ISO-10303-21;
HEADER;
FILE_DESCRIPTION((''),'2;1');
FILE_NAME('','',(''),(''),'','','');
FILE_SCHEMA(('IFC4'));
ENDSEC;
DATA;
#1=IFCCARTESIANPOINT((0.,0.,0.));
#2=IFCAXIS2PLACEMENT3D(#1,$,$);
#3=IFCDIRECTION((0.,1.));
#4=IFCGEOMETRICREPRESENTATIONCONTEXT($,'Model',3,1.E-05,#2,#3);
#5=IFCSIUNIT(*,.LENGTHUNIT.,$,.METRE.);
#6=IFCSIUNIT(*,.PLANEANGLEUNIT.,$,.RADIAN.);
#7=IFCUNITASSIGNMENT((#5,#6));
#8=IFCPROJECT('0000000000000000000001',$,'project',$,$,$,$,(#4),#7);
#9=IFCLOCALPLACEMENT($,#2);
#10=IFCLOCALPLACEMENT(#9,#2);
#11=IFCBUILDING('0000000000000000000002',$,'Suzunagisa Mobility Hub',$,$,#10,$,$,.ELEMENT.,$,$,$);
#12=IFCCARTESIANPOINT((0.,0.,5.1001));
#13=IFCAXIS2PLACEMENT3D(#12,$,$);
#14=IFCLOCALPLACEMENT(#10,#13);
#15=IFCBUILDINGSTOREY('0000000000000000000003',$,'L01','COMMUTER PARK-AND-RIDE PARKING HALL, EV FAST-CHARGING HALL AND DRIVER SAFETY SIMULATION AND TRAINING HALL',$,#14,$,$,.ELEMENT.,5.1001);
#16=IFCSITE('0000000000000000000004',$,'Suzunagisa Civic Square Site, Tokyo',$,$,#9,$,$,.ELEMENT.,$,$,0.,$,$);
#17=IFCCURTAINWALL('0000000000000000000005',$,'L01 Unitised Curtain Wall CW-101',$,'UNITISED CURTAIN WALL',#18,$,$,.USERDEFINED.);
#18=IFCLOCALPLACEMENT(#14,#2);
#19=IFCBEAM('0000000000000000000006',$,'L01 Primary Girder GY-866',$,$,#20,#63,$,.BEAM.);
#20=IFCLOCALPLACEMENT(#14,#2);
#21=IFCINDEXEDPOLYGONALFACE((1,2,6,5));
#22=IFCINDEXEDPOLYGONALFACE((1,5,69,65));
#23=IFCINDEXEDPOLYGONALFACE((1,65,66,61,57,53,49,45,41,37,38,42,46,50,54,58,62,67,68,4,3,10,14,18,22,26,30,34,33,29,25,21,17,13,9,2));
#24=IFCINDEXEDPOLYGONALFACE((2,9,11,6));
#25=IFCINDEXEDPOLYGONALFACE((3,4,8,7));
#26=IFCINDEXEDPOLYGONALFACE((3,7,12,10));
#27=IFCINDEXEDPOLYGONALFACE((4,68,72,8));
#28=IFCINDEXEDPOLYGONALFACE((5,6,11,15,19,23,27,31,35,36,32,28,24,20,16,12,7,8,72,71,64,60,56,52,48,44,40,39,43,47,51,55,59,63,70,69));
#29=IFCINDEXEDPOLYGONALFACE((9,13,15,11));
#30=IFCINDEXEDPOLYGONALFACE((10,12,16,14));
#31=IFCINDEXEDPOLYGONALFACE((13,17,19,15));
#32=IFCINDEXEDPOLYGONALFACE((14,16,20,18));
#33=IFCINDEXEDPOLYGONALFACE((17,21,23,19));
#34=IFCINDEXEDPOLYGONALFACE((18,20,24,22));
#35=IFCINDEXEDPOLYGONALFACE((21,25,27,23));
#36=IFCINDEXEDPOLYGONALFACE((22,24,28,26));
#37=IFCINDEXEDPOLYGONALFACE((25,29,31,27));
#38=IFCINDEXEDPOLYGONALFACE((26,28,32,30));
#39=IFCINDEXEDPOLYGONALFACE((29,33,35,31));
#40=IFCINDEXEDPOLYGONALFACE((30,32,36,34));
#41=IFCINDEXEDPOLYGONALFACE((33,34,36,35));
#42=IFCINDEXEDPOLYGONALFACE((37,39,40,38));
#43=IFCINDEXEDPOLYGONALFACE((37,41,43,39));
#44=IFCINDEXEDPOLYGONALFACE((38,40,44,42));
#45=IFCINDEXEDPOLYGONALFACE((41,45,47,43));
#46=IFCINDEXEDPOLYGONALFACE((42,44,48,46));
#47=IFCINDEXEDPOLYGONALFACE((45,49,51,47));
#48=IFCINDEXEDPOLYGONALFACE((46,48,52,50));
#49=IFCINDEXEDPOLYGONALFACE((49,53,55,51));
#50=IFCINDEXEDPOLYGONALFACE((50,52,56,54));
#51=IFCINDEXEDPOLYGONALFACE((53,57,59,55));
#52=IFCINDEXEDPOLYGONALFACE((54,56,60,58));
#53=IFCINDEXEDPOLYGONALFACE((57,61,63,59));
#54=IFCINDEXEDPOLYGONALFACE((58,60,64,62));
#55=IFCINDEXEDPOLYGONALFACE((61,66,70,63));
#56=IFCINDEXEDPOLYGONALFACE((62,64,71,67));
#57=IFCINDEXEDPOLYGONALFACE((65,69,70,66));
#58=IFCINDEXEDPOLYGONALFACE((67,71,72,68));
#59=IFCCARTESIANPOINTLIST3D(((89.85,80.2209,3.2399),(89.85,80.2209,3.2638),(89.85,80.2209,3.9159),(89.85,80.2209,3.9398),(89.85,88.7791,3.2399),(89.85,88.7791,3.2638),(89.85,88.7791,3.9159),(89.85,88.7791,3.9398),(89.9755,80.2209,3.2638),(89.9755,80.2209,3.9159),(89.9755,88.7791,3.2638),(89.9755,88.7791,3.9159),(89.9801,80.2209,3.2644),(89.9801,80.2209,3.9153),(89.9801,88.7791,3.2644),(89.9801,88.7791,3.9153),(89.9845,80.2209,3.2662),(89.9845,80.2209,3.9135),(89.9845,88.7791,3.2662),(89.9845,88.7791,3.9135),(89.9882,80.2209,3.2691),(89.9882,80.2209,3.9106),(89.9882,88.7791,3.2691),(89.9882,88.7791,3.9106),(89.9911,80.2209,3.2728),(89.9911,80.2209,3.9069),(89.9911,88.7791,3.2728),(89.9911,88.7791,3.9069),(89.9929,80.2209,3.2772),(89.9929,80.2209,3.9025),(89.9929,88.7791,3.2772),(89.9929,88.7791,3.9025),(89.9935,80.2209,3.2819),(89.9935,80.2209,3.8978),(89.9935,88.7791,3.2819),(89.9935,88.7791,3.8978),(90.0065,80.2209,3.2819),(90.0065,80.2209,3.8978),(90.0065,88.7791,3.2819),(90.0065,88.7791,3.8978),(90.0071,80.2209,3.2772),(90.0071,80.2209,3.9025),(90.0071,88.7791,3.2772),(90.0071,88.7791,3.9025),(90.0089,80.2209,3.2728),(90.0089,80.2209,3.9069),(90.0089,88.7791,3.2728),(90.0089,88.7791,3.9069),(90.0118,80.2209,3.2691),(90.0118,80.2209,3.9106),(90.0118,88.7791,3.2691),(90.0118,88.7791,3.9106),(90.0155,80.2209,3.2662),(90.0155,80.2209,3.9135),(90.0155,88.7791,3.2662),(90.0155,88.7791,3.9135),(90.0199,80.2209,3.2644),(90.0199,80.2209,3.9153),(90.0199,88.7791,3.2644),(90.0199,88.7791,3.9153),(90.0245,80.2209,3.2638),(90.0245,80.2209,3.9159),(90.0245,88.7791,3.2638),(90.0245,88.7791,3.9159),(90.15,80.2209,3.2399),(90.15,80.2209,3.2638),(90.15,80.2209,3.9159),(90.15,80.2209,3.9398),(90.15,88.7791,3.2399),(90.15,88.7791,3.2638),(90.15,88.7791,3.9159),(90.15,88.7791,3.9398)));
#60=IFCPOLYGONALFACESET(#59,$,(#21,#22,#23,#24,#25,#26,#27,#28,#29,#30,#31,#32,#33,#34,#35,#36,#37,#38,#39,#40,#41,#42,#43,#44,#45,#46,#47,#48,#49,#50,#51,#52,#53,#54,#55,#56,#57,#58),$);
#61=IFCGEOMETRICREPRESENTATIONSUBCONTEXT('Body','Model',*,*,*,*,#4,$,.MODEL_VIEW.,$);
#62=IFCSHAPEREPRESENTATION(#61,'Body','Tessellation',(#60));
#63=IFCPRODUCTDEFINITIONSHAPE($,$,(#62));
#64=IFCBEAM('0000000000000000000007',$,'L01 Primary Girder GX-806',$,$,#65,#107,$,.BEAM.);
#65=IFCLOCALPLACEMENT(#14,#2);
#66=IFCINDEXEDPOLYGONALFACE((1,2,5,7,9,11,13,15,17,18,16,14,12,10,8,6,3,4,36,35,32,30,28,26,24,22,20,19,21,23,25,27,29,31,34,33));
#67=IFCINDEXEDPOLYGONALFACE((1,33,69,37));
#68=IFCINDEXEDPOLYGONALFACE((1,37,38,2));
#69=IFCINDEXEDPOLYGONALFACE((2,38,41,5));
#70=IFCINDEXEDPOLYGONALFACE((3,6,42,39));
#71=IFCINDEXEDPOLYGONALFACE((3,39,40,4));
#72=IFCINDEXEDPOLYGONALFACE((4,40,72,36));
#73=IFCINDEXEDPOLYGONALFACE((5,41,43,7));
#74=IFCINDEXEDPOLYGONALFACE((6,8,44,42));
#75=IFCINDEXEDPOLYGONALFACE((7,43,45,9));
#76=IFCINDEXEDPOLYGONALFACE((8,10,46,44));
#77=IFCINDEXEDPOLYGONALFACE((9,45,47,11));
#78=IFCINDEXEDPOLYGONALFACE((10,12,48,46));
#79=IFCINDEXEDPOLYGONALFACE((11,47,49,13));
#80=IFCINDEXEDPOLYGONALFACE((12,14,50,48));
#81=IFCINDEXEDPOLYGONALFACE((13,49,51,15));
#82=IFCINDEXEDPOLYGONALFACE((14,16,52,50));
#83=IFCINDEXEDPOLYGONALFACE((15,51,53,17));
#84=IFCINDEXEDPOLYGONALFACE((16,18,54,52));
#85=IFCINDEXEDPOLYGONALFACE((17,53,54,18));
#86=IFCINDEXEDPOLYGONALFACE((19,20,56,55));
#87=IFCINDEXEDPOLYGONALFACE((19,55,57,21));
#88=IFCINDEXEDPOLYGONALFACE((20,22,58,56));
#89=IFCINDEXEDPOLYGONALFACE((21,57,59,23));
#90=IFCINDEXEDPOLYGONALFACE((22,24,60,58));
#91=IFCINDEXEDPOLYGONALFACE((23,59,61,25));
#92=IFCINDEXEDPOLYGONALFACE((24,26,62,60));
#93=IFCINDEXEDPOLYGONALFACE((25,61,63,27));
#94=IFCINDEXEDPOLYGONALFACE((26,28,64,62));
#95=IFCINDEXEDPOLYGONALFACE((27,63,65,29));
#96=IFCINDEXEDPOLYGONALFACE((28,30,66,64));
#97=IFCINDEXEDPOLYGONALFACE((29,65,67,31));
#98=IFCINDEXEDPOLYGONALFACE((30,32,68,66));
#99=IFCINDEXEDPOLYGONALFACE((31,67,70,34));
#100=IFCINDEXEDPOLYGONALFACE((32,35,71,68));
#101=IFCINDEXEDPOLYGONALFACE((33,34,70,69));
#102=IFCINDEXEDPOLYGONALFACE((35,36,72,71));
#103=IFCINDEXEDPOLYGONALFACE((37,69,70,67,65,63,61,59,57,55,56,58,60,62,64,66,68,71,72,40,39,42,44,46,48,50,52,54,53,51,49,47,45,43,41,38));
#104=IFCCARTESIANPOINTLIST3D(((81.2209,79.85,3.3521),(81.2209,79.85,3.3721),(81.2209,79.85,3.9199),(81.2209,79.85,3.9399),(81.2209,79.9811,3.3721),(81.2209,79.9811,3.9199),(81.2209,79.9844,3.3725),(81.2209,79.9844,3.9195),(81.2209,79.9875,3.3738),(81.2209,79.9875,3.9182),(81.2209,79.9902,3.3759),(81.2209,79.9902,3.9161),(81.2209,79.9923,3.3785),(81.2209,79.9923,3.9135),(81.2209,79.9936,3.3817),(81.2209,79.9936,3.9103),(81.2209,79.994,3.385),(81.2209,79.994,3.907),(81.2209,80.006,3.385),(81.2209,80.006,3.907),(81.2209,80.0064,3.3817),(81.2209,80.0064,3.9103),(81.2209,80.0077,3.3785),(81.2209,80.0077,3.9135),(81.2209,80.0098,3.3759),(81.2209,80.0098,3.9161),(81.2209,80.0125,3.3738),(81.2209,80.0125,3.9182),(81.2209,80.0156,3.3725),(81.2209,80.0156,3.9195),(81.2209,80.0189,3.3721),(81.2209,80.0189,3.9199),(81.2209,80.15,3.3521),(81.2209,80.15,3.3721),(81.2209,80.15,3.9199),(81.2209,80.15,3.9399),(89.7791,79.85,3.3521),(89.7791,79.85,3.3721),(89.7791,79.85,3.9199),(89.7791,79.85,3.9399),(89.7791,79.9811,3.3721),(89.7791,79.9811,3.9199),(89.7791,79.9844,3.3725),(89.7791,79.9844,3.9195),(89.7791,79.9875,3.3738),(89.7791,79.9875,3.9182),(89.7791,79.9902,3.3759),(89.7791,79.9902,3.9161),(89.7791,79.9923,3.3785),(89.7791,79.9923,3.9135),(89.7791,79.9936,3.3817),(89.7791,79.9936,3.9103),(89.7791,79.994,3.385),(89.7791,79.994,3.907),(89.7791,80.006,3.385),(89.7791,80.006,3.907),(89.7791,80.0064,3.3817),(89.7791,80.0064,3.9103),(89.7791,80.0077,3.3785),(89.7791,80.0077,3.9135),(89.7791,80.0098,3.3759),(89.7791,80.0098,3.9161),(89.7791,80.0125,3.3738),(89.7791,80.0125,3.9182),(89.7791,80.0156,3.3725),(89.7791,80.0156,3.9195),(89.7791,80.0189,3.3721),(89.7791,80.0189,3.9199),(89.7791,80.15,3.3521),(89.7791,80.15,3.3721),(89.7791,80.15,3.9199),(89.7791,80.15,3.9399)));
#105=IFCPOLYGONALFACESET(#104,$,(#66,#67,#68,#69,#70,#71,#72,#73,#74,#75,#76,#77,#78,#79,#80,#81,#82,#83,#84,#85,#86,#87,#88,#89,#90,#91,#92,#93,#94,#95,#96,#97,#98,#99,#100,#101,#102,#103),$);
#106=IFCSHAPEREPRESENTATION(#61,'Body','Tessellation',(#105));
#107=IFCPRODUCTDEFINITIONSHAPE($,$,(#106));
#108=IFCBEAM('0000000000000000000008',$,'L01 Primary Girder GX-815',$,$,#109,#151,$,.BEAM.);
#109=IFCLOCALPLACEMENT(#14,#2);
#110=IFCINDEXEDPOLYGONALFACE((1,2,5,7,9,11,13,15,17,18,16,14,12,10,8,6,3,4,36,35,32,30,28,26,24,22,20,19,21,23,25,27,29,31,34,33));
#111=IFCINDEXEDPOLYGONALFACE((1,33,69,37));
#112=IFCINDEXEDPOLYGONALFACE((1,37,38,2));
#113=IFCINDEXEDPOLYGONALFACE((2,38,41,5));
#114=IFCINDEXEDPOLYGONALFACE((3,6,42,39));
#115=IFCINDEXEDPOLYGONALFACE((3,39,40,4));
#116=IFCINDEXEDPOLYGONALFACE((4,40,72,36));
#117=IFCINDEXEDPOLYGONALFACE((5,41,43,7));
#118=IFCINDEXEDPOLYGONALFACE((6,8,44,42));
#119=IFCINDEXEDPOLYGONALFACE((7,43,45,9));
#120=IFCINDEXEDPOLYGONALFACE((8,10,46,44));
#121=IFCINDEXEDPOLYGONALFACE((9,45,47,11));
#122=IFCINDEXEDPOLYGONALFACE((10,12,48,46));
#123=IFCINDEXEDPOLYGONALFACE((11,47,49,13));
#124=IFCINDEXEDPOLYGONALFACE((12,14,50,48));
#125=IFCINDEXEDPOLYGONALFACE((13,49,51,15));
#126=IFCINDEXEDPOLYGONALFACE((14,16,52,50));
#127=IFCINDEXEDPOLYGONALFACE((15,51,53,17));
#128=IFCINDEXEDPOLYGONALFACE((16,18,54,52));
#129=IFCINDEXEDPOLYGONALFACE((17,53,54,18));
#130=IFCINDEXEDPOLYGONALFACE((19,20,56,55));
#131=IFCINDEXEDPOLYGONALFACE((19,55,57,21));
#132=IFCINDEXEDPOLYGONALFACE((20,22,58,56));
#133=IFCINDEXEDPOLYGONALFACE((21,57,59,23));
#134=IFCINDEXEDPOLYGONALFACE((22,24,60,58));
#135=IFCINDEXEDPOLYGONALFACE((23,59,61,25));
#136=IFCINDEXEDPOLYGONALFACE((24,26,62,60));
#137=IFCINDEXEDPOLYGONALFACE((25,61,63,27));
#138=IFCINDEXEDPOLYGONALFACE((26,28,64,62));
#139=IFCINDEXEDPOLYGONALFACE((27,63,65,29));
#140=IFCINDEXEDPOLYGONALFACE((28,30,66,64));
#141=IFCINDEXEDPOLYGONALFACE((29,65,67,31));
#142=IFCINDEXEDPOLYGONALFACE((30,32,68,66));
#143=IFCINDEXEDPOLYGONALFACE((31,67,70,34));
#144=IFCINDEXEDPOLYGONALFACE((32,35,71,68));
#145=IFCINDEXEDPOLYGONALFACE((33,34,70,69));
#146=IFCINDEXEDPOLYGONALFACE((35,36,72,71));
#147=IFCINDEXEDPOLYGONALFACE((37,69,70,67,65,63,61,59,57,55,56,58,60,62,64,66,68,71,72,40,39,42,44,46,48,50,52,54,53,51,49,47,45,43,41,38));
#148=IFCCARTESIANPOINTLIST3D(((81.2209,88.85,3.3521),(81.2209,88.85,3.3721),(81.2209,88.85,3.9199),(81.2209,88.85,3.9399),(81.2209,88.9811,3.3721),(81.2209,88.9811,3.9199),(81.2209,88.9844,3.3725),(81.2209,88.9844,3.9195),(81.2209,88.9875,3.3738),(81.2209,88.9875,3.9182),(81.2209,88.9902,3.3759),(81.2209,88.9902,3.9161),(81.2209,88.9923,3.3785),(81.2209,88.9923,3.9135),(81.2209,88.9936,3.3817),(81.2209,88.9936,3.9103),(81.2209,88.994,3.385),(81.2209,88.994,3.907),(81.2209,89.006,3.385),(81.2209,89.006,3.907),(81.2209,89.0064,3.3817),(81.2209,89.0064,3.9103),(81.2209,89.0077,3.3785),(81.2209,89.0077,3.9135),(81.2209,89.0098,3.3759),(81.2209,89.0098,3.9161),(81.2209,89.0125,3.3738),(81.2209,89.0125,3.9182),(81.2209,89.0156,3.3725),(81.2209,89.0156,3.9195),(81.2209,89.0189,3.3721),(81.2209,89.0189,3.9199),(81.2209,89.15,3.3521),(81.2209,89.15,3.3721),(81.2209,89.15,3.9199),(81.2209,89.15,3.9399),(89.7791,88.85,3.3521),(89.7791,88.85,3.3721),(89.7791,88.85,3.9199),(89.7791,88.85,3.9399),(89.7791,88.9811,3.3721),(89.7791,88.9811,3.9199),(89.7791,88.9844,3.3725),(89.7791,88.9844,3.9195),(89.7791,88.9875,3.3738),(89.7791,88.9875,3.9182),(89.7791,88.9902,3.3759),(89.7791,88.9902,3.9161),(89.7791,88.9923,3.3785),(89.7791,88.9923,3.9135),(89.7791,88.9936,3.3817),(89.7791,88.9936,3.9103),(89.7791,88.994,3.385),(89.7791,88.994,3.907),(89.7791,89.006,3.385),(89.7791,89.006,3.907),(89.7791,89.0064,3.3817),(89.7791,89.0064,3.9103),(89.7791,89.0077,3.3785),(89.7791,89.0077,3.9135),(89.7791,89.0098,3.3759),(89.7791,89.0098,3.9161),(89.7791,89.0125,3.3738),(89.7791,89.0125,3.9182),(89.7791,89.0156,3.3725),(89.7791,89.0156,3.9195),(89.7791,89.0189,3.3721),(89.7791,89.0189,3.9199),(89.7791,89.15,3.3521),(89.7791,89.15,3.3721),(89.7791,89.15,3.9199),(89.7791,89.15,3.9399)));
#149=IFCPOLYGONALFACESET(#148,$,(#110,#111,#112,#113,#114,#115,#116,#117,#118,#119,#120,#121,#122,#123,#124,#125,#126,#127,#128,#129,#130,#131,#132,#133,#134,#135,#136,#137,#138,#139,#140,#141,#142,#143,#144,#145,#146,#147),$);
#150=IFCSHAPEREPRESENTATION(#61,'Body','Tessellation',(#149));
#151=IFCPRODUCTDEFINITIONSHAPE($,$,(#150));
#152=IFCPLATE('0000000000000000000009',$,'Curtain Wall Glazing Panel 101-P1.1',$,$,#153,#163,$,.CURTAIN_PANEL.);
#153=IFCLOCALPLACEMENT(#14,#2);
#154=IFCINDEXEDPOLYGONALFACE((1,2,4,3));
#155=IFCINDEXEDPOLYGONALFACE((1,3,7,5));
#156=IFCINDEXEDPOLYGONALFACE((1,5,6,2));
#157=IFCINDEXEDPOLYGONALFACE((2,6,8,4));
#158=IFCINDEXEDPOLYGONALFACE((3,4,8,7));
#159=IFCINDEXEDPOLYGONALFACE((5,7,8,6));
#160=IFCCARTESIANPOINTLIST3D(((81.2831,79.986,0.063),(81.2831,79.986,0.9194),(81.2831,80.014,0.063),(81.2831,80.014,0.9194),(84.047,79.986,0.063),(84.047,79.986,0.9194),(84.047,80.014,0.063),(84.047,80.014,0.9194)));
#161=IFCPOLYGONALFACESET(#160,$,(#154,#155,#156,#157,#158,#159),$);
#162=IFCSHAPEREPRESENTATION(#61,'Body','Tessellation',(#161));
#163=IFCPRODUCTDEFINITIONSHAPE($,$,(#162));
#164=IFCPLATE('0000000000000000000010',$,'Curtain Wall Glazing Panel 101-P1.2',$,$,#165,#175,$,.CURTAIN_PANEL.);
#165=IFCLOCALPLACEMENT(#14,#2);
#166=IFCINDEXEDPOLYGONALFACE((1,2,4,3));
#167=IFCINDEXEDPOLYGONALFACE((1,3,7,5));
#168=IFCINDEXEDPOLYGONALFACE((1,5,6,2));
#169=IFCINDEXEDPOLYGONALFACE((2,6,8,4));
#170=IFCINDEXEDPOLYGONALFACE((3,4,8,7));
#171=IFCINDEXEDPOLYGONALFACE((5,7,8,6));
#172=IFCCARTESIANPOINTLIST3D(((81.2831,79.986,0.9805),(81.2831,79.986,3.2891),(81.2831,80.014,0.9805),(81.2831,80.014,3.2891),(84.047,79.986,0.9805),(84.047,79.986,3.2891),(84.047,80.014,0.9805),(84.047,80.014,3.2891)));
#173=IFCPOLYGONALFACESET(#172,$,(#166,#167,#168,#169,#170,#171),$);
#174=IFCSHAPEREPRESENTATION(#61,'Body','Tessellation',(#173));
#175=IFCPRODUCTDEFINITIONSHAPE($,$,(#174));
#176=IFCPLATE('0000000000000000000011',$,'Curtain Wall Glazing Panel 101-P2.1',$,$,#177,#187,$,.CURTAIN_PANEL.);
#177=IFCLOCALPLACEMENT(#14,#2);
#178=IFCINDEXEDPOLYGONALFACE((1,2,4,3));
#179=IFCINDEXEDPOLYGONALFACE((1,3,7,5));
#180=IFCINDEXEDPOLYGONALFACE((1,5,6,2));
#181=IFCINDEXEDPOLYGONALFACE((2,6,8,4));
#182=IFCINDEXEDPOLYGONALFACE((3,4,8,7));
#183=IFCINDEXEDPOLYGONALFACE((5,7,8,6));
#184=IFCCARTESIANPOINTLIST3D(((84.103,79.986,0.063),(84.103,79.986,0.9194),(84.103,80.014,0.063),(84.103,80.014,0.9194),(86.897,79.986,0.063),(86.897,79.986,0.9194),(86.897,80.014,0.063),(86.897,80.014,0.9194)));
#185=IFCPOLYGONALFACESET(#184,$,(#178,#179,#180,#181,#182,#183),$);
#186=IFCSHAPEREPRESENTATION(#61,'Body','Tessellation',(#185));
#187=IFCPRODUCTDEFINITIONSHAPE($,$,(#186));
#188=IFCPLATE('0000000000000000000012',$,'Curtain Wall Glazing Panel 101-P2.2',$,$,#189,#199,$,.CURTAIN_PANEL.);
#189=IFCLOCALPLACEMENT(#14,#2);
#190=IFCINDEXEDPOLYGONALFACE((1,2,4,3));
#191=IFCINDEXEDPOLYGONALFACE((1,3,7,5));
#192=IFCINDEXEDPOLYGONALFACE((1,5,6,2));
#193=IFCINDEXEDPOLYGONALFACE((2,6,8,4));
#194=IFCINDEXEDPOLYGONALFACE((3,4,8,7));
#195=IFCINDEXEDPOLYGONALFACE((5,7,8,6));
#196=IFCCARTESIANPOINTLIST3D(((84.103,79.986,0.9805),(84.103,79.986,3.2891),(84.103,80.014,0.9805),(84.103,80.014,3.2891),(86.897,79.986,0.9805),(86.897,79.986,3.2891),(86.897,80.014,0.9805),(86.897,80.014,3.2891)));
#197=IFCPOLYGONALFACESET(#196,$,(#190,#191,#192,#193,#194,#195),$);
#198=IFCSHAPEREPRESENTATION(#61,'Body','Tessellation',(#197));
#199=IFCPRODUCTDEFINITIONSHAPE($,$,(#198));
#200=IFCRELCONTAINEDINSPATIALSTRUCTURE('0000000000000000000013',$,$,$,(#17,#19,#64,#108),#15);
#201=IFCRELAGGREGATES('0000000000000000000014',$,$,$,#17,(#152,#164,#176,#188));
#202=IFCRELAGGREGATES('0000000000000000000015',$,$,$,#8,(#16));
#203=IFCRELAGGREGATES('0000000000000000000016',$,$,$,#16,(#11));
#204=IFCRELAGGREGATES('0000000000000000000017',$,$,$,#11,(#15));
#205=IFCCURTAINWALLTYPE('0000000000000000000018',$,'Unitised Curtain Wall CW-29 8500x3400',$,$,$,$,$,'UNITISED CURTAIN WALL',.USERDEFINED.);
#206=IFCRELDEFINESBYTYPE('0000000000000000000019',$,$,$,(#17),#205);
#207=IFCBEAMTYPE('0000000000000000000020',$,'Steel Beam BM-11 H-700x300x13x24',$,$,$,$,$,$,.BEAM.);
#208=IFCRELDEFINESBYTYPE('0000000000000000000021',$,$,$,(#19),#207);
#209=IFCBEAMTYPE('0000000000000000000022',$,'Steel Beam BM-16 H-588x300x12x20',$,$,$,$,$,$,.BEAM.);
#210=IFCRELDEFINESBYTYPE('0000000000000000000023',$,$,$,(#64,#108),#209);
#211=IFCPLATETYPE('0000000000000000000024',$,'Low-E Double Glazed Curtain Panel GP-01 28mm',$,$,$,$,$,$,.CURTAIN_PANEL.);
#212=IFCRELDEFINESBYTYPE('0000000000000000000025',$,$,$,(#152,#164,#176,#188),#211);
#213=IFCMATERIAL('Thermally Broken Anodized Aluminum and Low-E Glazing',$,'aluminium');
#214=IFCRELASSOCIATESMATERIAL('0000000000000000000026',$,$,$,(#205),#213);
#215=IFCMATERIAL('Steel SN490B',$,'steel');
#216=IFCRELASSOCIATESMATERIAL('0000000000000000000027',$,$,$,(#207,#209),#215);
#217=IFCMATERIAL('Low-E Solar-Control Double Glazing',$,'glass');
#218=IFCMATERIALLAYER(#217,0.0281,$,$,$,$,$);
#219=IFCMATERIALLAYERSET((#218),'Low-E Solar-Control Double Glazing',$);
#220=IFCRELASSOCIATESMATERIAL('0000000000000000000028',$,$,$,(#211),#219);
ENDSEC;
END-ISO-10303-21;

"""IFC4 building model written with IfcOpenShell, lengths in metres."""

from ifc_helpers import new_model, si_unit, direction, frame, origin, origin_2d, place, context, subcontext, project, spatial, rectangle, i_section, extrude, material, layer, layer_set, material_profile, profile_set, type_object, element, aggregate, save


model = new_model("IFC4")

# Units and contexts
model_context = context("Model", 3, precision=1e-05, world=origin(), true_north=direction((0.0, 1.0)))
body_context = subcontext(model_context, "Body", "Model", "MODEL_VIEW")
ifc_project = project(units=[si_unit("LENGTHUNIT", "METRE"), si_unit("PLANEANGLEUNIT", "RADIAN")], contexts=[model_context])

# Site, building, storey
site_placement = place(None, origin())
site = spatial("IfcSite", under=ifc_project, at=site_placement, Name="Suzunagisa Civic Square Site, Tokyo", CompositionType="ELEMENT", RefElevation=0.0)
building_placement = place(site_placement, origin())
building = spatial("IfcBuilding", under=site, at=building_placement, Name="Suzunagisa Mobility Hub", CompositionType="ELEMENT")
storey_placement = place(building_placement, frame((0.0, 0.0, 5.1001)))
storey = spatial("IfcBuildingStorey", under=building, at=storey_placement, Name="L01", Description="COMMUTER PARK-AND-RIDE PARKING HALL, EV FAST-CHARGING HALL AND DRIVER SAFETY SIMULATION AND TRAINING HALL", CompositionType="ELEMENT", Elevation=5.1001)

# Shared definitions
ifc_material_1 = material(Name="Steel SN490B", Category="steel")

# Curtain wall
ifc_material_2 = material(Name="Thermally Broken Anodized Aluminum and Low-E Glazing", Category="aluminium")
curtain_wall_type = type_object("IfcCurtainWallType", Name="Unitised Curtain Wall CW-29 8500x3400", ElementType="UNITISED CURTAIN WALL", PredefinedType="USERDEFINED", material=ifc_material_2)
curtain_wall_placement = place(storey_placement, origin())
curtain_wall = element("IfcCurtainWall", 1, at=curtain_wall_placement, inside=storey, type_object=curtain_wall_type, Name="L01 Unitised Curtain Wall CW-101", ObjectType="UNITISED CURTAIN WALL", PredefinedType="USERDEFINED")

# Beams
ifc_material_profile_1 = material_profile(ifc_material_1, i_section(OverallWidth=0.3, OverallDepth=0.7, WebThickness=0.0129, FlangeThickness=0.0239, FilletRadius=0.0181, at=origin_2d()), Name="H-700x300x13x24")
ifc_profile_set_1 = profile_set([ifc_material_profile_1], Name="Steel SN490B")
beam_type_1 = type_object("IfcBeamType", Name="Steel Beam BM-11 H-700x300x13x24", PredefinedType="BEAM", material=ifc_profile_set_1)
for number, where, z_axis, x_axis, name in (
    (2, (90.0, 80.2209, 3.5898), (0.0, 1.0, 0.0), (-1.0, 0.0, 0.0), "L01 Primary Girder GY-866"),
):
    element("IfcBeam", number, at=place(storey_placement, frame(where, z_axis=z_axis, x_axis=x_axis)), inside=storey, type_object=beam_type_1, Name=name, PredefinedType="BEAM", context=body_context, shape_type="SweptSolid", body=[
        extrude(i_section(OverallWidth=0.3, OverallDepth=0.7, WebThickness=0.0129, FlangeThickness=0.0239, FilletRadius=0.0181, at=origin_2d()), origin(), (0.0, 0.0, 1.0), 8.5581),
    ])
ifc_material_profile_2 = material_profile(ifc_material_1, i_section(OverallWidth=0.3, OverallDepth=0.5879, WebThickness=0.012, FlangeThickness=0.02, FilletRadius=0.0129, at=origin_2d()), Name="H-588x300x12x20")
ifc_profile_set_2 = profile_set([ifc_material_profile_2], Name="Steel SN490B")
beam_type_2 = type_object("IfcBeamType", Name="Steel Beam BM-16 H-588x300x12x20", PredefinedType="BEAM", material=ifc_profile_set_2)
for number, where, z_axis, x_axis, name in (
    (3, (81.2209, 80.0, 3.646), (1.0, 0.0, 0.0), (0.0, 1.0, 0.0), "L01 Primary Girder GX-806"),
    (4, (81.2209, 89.0, 3.646), (1.0, 0.0, 0.0), (0.0, 1.0, 0.0), "L01 Primary Girder GX-815"),
):
    element("IfcBeam", number, at=place(storey_placement, frame(where, z_axis=z_axis, x_axis=x_axis)), inside=storey, type_object=beam_type_2, Name=name, PredefinedType="BEAM", context=body_context, shape_type="SweptSolid", body=[
        extrude(i_section(OverallWidth=0.3, OverallDepth=0.5879, WebThickness=0.012, FlangeThickness=0.02, FilletRadius=0.0129, at=origin_2d()), origin(), (0.0, 0.0, 1.0), 8.5581),
    ])

# Plates
ifc_material_3 = material(Name="Low-E Solar-Control Double Glazing", Category="glass")
ifc_layer_1 = layer(ifc_material_3, 0.0281)
ifc_layer_set_1 = layer_set([ifc_layer_1], Name="Low-E Solar-Control Double Glazing")
plate_type = type_object("IfcPlateType", Name="Low-E Double Glazed Curtain Panel GP-01 28mm", PredefinedType="CURTAIN_PANEL", material=ifc_layer_set_1)
plate_1_placement = place(storey_placement, frame((82.665, 80.0, 0.063), z_axis=(0.0, 0.0, 1.0), x_axis=(1.0, 0.0, 0.0)))
plate_1 = element("IfcPlate", 5, at=plate_1_placement, type_object=plate_type, Name="Curtain Wall Glazing Panel 101-P1.1", PredefinedType="CURTAIN_PANEL", context=body_context, shape_type="SweptSolid", body=[
    extrude(rectangle(XDim=2.7639, YDim=0.0281, at=origin_2d()), origin(), (0.0, 0.0, 1.0), 0.8564),
])
plate_2_placement = place(storey_placement, frame((82.665, 80.0, 0.9805), z_axis=(0.0, 0.0, 1.0), x_axis=(1.0, 0.0, 0.0)))
plate_2 = element("IfcPlate", 6, at=plate_2_placement, type_object=plate_type, Name="Curtain Wall Glazing Panel 101-P1.2", PredefinedType="CURTAIN_PANEL", context=body_context, shape_type="SweptSolid", body=[
    extrude(rectangle(XDim=2.7639, YDim=0.0281, at=origin_2d()), origin(), (0.0, 0.0, 1.0), 2.3086),
])
plate_3_placement = place(storey_placement, frame((85.5, 80.0, 0.063), z_axis=(0.0, 0.0, 1.0), x_axis=(1.0, 0.0, 0.0)))
plate_3 = element("IfcPlate", 7, at=plate_3_placement, type_object=plate_type, Name="Curtain Wall Glazing Panel 101-P2.1", PredefinedType="CURTAIN_PANEL", context=body_context, shape_type="SweptSolid", body=[
    extrude(rectangle(XDim=2.7939, YDim=0.0281, at=origin_2d()), origin(), (0.0, 0.0, 1.0), 0.8564),
])
plate_4_placement = place(storey_placement, frame((85.5, 80.0, 0.9805), z_axis=(0.0, 0.0, 1.0), x_axis=(1.0, 0.0, 0.0)))
plate_4 = element("IfcPlate", 8, at=plate_4_placement, type_object=plate_type, Name="Curtain Wall Glazing Panel 101-P2.2", PredefinedType="CURTAIN_PANEL", context=body_context, shape_type="SweptSolid", body=[
    extrude(rectangle(XDim=2.7939, YDim=0.0281, at=origin_2d()), origin(), (0.0, 0.0, 1.0), 2.3086),
])
aggregate(curtain_wall, [plate_1, plate_2, plate_3, plate_4])

save(model, "model.ifc")
